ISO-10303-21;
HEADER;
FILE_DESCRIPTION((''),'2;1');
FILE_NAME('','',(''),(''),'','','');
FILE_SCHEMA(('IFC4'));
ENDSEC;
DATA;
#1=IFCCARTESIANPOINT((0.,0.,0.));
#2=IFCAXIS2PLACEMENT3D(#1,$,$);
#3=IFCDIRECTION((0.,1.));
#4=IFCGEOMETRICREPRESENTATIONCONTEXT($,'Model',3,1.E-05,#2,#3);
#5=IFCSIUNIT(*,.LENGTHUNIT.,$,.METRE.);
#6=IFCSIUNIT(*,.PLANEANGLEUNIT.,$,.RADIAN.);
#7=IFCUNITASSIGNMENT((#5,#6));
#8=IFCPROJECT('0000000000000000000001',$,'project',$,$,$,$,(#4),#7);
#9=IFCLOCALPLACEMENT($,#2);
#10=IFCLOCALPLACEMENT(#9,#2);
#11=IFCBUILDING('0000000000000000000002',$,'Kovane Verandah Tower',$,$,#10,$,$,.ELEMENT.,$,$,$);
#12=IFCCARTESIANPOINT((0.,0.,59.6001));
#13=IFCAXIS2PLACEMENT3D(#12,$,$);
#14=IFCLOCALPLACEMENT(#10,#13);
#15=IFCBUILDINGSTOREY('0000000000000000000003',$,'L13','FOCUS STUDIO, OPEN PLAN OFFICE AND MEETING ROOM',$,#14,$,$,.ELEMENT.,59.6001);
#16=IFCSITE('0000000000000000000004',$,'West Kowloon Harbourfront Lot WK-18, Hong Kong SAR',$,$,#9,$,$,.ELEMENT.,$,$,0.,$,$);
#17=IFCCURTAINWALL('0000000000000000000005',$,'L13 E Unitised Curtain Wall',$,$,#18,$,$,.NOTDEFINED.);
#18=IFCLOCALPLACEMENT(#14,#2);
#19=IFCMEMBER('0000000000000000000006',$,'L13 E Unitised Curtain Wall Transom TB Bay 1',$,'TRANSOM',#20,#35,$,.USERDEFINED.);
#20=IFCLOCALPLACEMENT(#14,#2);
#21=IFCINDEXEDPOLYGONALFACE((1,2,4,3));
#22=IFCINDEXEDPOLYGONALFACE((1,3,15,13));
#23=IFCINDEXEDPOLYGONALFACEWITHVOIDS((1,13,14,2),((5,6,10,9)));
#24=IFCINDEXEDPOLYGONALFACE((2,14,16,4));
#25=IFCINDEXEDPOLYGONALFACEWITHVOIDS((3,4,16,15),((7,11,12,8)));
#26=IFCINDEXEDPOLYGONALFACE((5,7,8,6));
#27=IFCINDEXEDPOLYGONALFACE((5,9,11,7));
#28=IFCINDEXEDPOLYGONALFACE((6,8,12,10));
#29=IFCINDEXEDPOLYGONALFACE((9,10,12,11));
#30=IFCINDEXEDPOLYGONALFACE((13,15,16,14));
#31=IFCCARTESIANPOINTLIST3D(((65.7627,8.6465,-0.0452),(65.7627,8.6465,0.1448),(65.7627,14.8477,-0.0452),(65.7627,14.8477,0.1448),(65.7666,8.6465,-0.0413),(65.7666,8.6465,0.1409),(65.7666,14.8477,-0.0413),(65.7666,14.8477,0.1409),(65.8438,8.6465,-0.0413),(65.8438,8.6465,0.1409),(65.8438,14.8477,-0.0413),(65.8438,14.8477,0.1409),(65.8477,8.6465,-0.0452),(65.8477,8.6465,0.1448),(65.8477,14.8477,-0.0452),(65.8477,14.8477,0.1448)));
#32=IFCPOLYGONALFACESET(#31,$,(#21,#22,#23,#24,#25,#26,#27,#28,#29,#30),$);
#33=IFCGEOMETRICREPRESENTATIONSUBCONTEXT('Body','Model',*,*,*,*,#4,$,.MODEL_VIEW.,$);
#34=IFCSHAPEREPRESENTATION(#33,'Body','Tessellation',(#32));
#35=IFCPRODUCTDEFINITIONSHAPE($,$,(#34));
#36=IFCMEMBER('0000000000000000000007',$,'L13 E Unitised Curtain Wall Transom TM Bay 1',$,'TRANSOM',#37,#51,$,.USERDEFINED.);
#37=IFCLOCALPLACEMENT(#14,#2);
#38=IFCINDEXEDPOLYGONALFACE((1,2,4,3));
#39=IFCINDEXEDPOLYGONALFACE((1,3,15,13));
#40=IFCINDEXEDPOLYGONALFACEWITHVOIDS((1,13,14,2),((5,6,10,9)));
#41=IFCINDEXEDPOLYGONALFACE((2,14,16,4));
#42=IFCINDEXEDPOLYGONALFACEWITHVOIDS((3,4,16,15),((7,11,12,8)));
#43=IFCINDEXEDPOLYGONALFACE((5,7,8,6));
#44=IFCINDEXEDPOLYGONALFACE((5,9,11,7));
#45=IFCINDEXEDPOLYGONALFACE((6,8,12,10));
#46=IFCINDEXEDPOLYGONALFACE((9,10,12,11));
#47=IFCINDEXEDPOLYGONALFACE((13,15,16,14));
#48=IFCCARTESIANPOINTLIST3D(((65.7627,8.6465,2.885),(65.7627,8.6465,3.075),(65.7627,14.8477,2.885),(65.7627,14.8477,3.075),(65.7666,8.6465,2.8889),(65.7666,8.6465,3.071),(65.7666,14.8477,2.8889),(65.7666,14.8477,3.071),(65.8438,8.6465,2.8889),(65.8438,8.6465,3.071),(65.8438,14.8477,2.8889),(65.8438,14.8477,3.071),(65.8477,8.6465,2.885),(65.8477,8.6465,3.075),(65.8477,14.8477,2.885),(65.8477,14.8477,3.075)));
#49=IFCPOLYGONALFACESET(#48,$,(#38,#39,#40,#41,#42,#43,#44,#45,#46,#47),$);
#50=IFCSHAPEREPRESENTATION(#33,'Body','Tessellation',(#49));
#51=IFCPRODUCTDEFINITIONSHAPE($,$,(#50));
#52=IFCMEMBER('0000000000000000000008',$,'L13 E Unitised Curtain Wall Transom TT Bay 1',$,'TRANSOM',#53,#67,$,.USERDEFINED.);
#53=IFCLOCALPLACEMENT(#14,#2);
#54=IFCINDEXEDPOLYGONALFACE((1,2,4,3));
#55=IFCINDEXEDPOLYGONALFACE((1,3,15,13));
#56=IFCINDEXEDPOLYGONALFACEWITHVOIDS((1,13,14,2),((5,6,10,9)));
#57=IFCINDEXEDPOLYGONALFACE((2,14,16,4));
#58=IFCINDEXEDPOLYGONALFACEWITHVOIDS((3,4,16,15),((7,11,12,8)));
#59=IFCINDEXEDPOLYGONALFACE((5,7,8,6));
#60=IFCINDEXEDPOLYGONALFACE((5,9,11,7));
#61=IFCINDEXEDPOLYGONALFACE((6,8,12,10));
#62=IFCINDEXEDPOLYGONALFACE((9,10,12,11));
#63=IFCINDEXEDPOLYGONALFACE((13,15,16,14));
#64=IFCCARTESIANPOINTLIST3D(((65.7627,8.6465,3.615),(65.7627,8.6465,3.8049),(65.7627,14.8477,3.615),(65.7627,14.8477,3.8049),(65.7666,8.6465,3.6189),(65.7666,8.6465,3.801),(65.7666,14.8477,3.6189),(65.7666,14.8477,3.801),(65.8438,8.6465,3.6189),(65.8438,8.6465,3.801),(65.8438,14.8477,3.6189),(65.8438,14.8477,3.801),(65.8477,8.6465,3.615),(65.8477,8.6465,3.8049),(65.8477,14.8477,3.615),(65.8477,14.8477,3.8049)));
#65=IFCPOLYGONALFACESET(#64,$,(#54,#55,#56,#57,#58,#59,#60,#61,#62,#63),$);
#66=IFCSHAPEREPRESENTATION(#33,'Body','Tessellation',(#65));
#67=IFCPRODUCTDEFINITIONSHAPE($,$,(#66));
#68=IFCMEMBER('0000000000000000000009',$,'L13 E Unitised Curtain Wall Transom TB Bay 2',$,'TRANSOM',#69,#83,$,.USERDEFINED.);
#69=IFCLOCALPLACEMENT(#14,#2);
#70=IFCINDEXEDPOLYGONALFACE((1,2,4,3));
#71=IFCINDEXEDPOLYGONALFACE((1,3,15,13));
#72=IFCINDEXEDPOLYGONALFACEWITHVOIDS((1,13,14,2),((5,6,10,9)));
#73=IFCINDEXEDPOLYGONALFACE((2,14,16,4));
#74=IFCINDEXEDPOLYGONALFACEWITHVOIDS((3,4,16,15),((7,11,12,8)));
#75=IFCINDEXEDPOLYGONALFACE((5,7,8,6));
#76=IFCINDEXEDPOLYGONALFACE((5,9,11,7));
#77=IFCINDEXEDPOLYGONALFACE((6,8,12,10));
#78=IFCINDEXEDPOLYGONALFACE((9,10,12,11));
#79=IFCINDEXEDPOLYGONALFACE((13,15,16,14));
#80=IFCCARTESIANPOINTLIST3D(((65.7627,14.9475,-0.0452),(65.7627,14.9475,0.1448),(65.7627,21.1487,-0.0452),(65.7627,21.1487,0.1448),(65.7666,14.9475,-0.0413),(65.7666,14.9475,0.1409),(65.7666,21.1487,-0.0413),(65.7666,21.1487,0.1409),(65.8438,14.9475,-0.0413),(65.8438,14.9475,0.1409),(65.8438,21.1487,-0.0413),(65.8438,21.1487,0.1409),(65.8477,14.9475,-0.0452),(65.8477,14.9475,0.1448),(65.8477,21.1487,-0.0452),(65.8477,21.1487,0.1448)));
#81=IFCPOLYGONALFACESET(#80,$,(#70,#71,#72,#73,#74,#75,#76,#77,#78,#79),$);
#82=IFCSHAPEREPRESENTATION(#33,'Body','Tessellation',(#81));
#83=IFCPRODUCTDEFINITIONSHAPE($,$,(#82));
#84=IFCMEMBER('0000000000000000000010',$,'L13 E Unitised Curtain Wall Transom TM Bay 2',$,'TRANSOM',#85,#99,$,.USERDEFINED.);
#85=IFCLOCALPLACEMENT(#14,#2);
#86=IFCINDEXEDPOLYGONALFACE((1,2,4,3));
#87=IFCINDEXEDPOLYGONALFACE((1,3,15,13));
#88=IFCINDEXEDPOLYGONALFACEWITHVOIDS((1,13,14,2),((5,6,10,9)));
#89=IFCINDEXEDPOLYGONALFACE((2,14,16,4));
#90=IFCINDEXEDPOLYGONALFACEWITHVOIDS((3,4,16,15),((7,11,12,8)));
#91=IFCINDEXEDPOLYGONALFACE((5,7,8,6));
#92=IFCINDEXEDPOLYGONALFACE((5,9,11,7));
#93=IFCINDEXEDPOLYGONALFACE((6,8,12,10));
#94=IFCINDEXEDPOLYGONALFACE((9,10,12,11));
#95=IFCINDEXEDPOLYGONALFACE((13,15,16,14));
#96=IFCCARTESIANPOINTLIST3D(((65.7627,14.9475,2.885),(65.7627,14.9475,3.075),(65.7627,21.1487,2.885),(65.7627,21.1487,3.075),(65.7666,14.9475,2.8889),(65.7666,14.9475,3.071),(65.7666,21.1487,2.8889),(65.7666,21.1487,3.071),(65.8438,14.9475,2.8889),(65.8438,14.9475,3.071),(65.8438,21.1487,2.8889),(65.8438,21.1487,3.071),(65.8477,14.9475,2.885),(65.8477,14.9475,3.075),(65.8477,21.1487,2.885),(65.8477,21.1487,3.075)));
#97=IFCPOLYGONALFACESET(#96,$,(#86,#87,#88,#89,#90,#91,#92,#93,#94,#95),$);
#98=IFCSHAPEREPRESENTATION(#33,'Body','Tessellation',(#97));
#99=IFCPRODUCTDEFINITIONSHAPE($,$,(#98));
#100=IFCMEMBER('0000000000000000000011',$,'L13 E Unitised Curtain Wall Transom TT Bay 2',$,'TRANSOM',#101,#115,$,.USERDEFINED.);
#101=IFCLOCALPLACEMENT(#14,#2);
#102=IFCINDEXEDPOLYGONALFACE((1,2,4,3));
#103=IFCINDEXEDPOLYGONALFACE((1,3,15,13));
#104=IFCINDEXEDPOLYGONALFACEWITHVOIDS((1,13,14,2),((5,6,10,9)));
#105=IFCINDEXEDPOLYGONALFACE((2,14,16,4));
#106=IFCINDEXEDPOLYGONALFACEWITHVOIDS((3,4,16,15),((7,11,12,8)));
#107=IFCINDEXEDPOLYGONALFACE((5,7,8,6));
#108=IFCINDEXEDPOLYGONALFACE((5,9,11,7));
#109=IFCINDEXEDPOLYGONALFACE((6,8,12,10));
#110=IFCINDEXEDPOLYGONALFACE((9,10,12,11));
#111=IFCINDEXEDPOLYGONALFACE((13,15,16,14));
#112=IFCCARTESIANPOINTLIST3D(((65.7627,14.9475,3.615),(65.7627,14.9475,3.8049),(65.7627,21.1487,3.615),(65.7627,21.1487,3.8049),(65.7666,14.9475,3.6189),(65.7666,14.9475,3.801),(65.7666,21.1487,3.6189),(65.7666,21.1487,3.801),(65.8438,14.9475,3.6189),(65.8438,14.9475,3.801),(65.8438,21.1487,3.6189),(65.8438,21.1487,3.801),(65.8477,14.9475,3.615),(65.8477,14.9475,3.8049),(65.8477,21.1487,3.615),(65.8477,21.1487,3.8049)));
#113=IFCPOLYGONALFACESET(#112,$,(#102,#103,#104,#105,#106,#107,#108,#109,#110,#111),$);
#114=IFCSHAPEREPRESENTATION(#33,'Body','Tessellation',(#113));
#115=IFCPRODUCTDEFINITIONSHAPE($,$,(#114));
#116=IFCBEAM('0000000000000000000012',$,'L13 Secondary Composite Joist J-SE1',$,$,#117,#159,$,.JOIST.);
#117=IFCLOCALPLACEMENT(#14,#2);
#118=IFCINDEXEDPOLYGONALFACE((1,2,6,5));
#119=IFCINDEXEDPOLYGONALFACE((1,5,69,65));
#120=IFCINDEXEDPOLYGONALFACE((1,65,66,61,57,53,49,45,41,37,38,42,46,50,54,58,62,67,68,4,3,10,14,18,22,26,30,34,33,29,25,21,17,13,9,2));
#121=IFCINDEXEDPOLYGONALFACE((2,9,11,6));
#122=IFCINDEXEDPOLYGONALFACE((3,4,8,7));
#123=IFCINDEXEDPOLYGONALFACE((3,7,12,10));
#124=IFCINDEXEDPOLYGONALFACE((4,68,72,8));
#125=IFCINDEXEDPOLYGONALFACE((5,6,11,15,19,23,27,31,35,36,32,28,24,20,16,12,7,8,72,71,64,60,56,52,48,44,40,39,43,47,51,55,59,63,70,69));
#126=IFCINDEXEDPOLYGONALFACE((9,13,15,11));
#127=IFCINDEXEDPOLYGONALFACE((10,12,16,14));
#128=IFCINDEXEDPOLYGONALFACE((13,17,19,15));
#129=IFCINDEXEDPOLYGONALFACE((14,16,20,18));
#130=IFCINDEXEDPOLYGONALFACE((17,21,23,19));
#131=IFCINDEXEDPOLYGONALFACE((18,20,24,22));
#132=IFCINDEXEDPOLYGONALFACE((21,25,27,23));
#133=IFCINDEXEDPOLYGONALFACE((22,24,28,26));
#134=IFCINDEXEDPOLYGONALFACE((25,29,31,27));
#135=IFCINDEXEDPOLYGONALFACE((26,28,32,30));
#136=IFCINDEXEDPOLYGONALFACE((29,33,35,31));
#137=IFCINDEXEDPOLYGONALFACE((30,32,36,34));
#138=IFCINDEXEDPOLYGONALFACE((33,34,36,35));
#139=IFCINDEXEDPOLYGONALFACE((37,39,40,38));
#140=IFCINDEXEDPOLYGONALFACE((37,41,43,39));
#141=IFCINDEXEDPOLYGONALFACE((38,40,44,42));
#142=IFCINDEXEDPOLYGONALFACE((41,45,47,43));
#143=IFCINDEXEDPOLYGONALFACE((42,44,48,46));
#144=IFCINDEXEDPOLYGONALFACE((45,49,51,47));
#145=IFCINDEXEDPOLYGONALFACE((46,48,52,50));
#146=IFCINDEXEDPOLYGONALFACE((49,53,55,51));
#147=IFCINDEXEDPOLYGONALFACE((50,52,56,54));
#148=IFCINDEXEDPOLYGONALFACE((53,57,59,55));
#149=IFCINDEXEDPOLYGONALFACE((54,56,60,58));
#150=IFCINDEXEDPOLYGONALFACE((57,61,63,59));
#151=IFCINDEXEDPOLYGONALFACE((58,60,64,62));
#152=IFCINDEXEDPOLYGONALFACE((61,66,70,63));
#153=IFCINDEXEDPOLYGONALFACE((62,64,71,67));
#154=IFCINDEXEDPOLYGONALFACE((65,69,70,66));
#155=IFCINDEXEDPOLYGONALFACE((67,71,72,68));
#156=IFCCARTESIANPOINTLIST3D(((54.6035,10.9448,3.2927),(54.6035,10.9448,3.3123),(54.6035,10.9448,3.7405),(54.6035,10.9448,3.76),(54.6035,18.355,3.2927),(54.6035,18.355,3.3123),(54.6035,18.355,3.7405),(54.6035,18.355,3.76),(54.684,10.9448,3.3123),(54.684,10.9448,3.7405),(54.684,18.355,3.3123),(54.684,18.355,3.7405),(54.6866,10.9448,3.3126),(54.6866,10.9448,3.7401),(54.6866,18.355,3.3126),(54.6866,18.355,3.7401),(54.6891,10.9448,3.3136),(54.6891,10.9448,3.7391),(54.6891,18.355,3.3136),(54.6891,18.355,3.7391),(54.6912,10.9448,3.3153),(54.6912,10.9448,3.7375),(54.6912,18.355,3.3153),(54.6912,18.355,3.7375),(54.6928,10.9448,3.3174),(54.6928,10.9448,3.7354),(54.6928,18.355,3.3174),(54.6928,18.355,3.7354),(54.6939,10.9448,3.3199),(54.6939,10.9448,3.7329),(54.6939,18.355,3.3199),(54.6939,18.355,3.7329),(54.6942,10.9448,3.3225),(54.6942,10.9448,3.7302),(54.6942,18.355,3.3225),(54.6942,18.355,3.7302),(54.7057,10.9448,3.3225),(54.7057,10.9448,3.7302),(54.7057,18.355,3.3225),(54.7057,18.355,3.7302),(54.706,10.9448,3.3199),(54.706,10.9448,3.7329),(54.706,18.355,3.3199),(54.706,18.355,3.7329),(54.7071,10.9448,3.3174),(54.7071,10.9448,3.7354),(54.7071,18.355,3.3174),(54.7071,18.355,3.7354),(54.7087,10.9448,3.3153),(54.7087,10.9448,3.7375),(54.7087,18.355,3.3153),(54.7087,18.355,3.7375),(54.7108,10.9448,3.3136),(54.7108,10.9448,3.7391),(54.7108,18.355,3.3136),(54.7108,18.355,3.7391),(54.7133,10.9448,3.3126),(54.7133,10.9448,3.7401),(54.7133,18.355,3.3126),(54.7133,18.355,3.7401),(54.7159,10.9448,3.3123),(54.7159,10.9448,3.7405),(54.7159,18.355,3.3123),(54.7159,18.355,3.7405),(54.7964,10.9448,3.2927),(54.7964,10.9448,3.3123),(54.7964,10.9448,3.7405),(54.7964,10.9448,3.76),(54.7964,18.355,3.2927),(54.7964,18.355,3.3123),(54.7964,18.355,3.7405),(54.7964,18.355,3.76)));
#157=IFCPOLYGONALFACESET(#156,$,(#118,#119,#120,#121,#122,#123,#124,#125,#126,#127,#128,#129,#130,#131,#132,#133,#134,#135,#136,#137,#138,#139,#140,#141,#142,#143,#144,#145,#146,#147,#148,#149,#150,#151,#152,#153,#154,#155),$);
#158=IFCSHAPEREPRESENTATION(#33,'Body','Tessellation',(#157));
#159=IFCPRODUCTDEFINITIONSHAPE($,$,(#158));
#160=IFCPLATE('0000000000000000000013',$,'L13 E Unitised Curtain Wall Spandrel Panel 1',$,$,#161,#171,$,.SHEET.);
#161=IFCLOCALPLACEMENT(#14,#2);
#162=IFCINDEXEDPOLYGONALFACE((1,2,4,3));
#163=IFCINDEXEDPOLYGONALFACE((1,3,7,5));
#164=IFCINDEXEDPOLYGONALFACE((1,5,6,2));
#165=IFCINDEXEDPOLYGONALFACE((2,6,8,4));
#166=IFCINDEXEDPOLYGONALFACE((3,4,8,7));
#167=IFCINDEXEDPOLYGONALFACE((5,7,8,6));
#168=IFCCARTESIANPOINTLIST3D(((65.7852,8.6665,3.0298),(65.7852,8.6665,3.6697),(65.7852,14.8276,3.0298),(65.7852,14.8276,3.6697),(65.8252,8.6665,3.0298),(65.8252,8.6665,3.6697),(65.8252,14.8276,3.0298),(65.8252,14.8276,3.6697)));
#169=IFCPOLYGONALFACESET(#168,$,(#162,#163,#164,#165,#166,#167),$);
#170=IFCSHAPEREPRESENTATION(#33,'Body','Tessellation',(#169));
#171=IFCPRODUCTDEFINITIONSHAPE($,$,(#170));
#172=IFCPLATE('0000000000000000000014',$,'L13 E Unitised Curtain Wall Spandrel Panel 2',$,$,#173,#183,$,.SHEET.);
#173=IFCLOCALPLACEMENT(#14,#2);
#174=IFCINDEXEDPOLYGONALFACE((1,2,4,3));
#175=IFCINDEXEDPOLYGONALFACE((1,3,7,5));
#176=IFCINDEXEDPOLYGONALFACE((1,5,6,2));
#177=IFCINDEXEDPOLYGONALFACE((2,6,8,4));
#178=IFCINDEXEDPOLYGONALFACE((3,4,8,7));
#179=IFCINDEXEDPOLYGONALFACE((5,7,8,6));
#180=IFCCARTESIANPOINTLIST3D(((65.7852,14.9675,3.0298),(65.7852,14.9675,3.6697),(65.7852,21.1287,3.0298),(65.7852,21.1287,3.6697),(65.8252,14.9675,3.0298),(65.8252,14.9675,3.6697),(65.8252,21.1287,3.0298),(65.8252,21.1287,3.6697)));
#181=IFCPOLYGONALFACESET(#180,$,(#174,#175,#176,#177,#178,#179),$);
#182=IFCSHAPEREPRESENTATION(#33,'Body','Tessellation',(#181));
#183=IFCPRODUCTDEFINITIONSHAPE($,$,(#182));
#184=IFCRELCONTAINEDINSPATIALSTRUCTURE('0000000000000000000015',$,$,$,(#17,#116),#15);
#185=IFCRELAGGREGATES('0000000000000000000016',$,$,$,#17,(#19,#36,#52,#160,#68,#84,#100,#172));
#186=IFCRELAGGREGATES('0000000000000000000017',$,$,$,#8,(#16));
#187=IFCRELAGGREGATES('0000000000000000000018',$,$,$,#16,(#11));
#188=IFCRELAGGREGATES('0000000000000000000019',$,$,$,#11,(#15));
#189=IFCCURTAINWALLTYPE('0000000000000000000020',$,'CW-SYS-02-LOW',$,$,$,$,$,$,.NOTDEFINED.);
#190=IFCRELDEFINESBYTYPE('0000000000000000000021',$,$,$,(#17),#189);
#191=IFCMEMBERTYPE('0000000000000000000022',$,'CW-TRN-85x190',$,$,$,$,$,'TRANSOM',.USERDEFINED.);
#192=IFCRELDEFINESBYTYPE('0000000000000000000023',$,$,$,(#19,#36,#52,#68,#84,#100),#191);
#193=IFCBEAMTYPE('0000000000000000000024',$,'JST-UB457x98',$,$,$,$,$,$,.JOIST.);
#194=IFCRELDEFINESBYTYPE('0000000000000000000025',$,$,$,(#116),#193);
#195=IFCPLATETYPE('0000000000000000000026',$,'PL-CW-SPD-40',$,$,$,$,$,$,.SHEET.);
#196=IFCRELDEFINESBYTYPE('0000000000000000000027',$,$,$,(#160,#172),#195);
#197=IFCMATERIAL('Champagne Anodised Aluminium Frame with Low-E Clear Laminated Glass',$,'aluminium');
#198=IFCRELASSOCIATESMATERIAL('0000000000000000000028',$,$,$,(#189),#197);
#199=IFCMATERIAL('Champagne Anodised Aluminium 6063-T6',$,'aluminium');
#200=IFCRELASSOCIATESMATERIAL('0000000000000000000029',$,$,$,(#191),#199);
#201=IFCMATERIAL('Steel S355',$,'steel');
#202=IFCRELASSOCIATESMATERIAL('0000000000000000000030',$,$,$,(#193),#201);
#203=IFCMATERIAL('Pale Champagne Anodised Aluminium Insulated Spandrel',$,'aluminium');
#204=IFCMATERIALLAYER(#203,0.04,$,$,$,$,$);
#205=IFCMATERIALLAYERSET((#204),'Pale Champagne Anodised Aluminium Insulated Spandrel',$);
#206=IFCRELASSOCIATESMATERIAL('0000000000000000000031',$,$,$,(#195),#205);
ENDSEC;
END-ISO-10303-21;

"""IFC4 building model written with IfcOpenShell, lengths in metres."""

from ifc_helpers import new_model, si_unit, direction, frame, origin, origin_2d, place, context, subcontext, project, spatial, rectangle, hollow_rectangle, i_section, extrude, material, layer, layer_set, material_profile, profile_set, type_object, element, aggregate, save


model = new_model("IFC4")

# Units and contexts
model_context = context("Model", 3, precision=1e-05, world=origin(), true_north=direction((0.0, 1.0)))
body_context = subcontext(model_context, "Body", "Model", "MODEL_VIEW")
ifc_project = project(units=[si_unit("LENGTHUNIT", "METRE"), si_unit("PLANEANGLEUNIT", "RADIAN")], contexts=[model_context])

# Site, building, storey
site_placement = place(None, origin())
site = spatial("IfcSite", under=ifc_project, at=site_placement, Name="West Kowloon Harbourfront Lot WK-18, Hong Kong SAR", CompositionType="ELEMENT", RefElevation=0.0)
building_placement = place(site_placement, origin())
building = spatial("IfcBuilding", under=site, at=building_placement, Name="Kovane Verandah Tower", CompositionType="ELEMENT")
storey_placement = place(building_placement, frame((0.0, 0.0, 59.6001)))
storey = spatial("IfcBuildingStorey", under=building, at=storey_placement, Name="L13", Description="FOCUS STUDIO, OPEN PLAN OFFICE AND MEETING ROOM", CompositionType="ELEMENT", Elevation=59.6001)

# Shared definitions
ifc_material_1 = material(Name="Steel S355", Category="steel")

# Curtain wall, members
ifc_material_2 = material(Name="Champagne Anodised Aluminium Frame with Low-E Clear Laminated Glass", Category="aluminium")
curtain_wall_type = type_object("IfcCurtainWallType", Name="CW-SYS-02-LOW", PredefinedType="NOTDEFINED", material=ifc_material_2)
curtain_wall_placement = place(storey_placement, origin())
curtain_wall = element("IfcCurtainWall", 1, at=curtain_wall_placement, inside=storey, type_object=curtain_wall_type, Name="L13 E Unitised Curtain Wall", PredefinedType="NOTDEFINED")
ifc_material_3 = material(Name="Champagne Anodised Aluminium 6063-T6", Category="aluminium")
ifc_material_profile_1 = material_profile(ifc_material_3, hollow_rectangle(XDim=0.085, YDim=0.1899, WallThickness=0.0039, at=origin_2d()), Name="AL85x190x4")
ifc_profile_set_1 = profile_set([ifc_material_profile_1], Name="Champagne Anodised Aluminium 6063-T6")
member_type_1 = type_object("IfcMemberType", Name="CW-TRN-85x190", ElementType="TRANSOM", PredefinedType="USERDEFINED", material=ifc_profile_set_1)
member_1_placement = place(storey_placement, frame((65.8052, 8.6465, 0.0498), z_axis=(0.0, 1.0, 0.0), x_axis=(-1.0, 0.0, 0.0)))
member_1 = element("IfcMember", 2, at=member_1_placement, type_object=member_type_1, Name="L13 E Unitised Curtain Wall Transom TB Bay 1", ObjectType="TRANSOM", PredefinedType="USERDEFINED", context=body_context, shape_type="SweptSolid", body=[
    extrude(hollow_rectangle(XDim=0.085, YDim=0.1899, WallThickness=0.0039, at=origin_2d()), origin(), (0.0, 0.0, 1.0), 6.2012),
])
member_2_placement = place(storey_placement, frame((65.8052, 8.6465, 2.98), z_axis=(0.0, 1.0, 0.0), x_axis=(-1.0, 0.0, 0.0)))
member_2 = element("IfcMember", 3, at=member_2_placement, type_object=member_type_1, Name="L13 E Unitised Curtain Wall Transom TM Bay 1", ObjectType="TRANSOM", PredefinedType="USERDEFINED", context=body_context, shape_type="SweptSolid", body=[
    extrude(hollow_rectangle(XDim=0.085, YDim=0.1899, WallThickness=0.0039, at=origin_2d()), origin(), (0.0, 0.0, 1.0), 6.2012),
])
member_3_placement = place(storey_placement, frame((65.8052, 8.6465, 3.71), z_axis=(0.0, 1.0, 0.0), x_axis=(-1.0, 0.0, 0.0)))
member_3 = element("IfcMember", 4, at=member_3_placement, type_object=member_type_1, Name="L13 E Unitised Curtain Wall Transom TT Bay 1", ObjectType="TRANSOM", PredefinedType="USERDEFINED", context=body_context, shape_type="SweptSolid", body=[
    extrude(hollow_rectangle(XDim=0.085, YDim=0.1899, WallThickness=0.0039, at=origin_2d()), origin(), (0.0, 0.0, 1.0), 6.2012),
])
member_4_placement = place(storey_placement, frame((65.8052, 14.9475, 0.0498), z_axis=(0.0, 1.0, 0.0), x_axis=(-1.0, 0.0, 0.0)))
member_4 = element("IfcMember", 5, at=member_4_placement, type_object=member_type_1, Name="L13 E Unitised Curtain Wall Transom TB Bay 2", ObjectType="TRANSOM", PredefinedType="USERDEFINED", context=body_context, shape_type="SweptSolid", body=[
    extrude(hollow_rectangle(XDim=0.085, YDim=0.1899, WallThickness=0.0039, at=origin_2d()), origin(), (0.0, 0.0, 1.0), 6.2012),
])
member_5_placement = place(storey_placement, frame((65.8052, 14.9475, 2.98), z_axis=(0.0, 1.0, 0.0), x_axis=(-1.0, 0.0, 0.0)))
member_5 = element("IfcMember", 6, at=member_5_placement, type_object=member_type_1, Name="L13 E Unitised Curtain Wall Transom TM Bay 2", ObjectType="TRANSOM", PredefinedType="USERDEFINED", context=body_context, shape_type="SweptSolid", body=[
    extrude(hollow_rectangle(XDim=0.085, YDim=0.1899, WallThickness=0.0039, at=origin_2d()), origin(), (0.0, 0.0, 1.0), 6.2012),
])
member_6_placement = place(storey_placement, frame((65.8052, 14.9475, 3.71), z_axis=(0.0, 1.0, 0.0), x_axis=(-1.0, 0.0, 0.0)))
member_6 = element("IfcMember", 7, at=member_6_placement, type_object=member_type_1, Name="L13 E Unitised Curtain Wall Transom TT Bay 2", ObjectType="TRANSOM", PredefinedType="USERDEFINED", context=body_context, shape_type="SweptSolid", body=[
    extrude(hollow_rectangle(XDim=0.085, YDim=0.1899, WallThickness=0.0039, at=origin_2d()), origin(), (0.0, 0.0, 1.0), 6.2012),
])

# Beam
ifc_material_profile_2 = material_profile(ifc_material_1, i_section(OverallWidth=0.1929, OverallDepth=0.4673, WebThickness=0.0115, FlangeThickness=0.0195, FilletRadius=0.0103, at=origin_2d()), Name="UB457x191x98")
ifc_profile_set_2 = profile_set([ifc_material_profile_2], Name="Steel S355")
beam_type_1 = type_object("IfcBeamType", Name="JST-UB457x98", PredefinedType="JOIST", material=ifc_profile_set_2)
beam_1_placement = place(storey_placement, frame((54.7, 10.9448, 3.5264), z_axis=(0.0, 1.0, 0.0), x_axis=(-1.0, 0.0, 0.0)))
element("IfcBeam", 8, at=beam_1_placement, inside=storey, type_object=beam_type_1, Name="L13 Secondary Composite Joist J-SE1", PredefinedType="JOIST", context=body_context, shape_type="SweptSolid", body=[
    extrude(i_section(OverallWidth=0.1929, OverallDepth=0.4673, WebThickness=0.0115, FlangeThickness=0.0195, FilletRadius=0.0103, at=origin_2d()), origin(), (0.0, 0.0, 1.0), 7.4102),
])

# Plates
ifc_material_4 = material(Name="Pale Champagne Anodised Aluminium Insulated Spandrel", Category="aluminium")
ifc_layer_1 = layer(ifc_material_4, 0.04)
ifc_layer_set_1 = layer_set([ifc_layer_1], Name="Pale Champagne Anodised Aluminium Insulated Spandrel")
plate_type_1 = type_object("IfcPlateType", Name="PL-CW-SPD-40", PredefinedType="SHEET", material=ifc_layer_set_1)
plate_1_placement = place(storey_placement, frame((65.8052, 11.7471, 3.0298), z_axis=(0.0, 0.0, 1.0), x_axis=(0.0, 1.0, 0.0)))
plate_1 = element("IfcPlate", 9, at=plate_1_placement, type_object=plate_type_1, Name="L13 E Unitised Curtain Wall Spandrel Panel 1", PredefinedType="SHEET", context=body_context, shape_type="SweptSolid", body=[
    extrude(rectangle(XDim=6.1611, YDim=0.04, at=origin_2d()), origin(), (0.0, 0.0, 1.0), 0.6399),
])
plate_2_placement = place(storey_placement, frame((65.8052, 18.0481, 3.0298), z_axis=(0.0, 0.0, 1.0), x_axis=(0.0, 1.0, 0.0)))
plate_2 = element("IfcPlate", 10, at=plate_2_placement, type_object=plate_type_1, Name="L13 E Unitised Curtain Wall Spandrel Panel 2", PredefinedType="SHEET", context=body_context, shape_type="SweptSolid", body=[
    extrude(rectangle(XDim=6.1611, YDim=0.04, at=origin_2d()), origin(), (0.0, 0.0, 1.0), 0.6399),
])
aggregate(curtain_wall, [member_1, member_2, member_3, plate_1, member_4, member_5, member_6, plate_2])

save(model, "model.ifc")
